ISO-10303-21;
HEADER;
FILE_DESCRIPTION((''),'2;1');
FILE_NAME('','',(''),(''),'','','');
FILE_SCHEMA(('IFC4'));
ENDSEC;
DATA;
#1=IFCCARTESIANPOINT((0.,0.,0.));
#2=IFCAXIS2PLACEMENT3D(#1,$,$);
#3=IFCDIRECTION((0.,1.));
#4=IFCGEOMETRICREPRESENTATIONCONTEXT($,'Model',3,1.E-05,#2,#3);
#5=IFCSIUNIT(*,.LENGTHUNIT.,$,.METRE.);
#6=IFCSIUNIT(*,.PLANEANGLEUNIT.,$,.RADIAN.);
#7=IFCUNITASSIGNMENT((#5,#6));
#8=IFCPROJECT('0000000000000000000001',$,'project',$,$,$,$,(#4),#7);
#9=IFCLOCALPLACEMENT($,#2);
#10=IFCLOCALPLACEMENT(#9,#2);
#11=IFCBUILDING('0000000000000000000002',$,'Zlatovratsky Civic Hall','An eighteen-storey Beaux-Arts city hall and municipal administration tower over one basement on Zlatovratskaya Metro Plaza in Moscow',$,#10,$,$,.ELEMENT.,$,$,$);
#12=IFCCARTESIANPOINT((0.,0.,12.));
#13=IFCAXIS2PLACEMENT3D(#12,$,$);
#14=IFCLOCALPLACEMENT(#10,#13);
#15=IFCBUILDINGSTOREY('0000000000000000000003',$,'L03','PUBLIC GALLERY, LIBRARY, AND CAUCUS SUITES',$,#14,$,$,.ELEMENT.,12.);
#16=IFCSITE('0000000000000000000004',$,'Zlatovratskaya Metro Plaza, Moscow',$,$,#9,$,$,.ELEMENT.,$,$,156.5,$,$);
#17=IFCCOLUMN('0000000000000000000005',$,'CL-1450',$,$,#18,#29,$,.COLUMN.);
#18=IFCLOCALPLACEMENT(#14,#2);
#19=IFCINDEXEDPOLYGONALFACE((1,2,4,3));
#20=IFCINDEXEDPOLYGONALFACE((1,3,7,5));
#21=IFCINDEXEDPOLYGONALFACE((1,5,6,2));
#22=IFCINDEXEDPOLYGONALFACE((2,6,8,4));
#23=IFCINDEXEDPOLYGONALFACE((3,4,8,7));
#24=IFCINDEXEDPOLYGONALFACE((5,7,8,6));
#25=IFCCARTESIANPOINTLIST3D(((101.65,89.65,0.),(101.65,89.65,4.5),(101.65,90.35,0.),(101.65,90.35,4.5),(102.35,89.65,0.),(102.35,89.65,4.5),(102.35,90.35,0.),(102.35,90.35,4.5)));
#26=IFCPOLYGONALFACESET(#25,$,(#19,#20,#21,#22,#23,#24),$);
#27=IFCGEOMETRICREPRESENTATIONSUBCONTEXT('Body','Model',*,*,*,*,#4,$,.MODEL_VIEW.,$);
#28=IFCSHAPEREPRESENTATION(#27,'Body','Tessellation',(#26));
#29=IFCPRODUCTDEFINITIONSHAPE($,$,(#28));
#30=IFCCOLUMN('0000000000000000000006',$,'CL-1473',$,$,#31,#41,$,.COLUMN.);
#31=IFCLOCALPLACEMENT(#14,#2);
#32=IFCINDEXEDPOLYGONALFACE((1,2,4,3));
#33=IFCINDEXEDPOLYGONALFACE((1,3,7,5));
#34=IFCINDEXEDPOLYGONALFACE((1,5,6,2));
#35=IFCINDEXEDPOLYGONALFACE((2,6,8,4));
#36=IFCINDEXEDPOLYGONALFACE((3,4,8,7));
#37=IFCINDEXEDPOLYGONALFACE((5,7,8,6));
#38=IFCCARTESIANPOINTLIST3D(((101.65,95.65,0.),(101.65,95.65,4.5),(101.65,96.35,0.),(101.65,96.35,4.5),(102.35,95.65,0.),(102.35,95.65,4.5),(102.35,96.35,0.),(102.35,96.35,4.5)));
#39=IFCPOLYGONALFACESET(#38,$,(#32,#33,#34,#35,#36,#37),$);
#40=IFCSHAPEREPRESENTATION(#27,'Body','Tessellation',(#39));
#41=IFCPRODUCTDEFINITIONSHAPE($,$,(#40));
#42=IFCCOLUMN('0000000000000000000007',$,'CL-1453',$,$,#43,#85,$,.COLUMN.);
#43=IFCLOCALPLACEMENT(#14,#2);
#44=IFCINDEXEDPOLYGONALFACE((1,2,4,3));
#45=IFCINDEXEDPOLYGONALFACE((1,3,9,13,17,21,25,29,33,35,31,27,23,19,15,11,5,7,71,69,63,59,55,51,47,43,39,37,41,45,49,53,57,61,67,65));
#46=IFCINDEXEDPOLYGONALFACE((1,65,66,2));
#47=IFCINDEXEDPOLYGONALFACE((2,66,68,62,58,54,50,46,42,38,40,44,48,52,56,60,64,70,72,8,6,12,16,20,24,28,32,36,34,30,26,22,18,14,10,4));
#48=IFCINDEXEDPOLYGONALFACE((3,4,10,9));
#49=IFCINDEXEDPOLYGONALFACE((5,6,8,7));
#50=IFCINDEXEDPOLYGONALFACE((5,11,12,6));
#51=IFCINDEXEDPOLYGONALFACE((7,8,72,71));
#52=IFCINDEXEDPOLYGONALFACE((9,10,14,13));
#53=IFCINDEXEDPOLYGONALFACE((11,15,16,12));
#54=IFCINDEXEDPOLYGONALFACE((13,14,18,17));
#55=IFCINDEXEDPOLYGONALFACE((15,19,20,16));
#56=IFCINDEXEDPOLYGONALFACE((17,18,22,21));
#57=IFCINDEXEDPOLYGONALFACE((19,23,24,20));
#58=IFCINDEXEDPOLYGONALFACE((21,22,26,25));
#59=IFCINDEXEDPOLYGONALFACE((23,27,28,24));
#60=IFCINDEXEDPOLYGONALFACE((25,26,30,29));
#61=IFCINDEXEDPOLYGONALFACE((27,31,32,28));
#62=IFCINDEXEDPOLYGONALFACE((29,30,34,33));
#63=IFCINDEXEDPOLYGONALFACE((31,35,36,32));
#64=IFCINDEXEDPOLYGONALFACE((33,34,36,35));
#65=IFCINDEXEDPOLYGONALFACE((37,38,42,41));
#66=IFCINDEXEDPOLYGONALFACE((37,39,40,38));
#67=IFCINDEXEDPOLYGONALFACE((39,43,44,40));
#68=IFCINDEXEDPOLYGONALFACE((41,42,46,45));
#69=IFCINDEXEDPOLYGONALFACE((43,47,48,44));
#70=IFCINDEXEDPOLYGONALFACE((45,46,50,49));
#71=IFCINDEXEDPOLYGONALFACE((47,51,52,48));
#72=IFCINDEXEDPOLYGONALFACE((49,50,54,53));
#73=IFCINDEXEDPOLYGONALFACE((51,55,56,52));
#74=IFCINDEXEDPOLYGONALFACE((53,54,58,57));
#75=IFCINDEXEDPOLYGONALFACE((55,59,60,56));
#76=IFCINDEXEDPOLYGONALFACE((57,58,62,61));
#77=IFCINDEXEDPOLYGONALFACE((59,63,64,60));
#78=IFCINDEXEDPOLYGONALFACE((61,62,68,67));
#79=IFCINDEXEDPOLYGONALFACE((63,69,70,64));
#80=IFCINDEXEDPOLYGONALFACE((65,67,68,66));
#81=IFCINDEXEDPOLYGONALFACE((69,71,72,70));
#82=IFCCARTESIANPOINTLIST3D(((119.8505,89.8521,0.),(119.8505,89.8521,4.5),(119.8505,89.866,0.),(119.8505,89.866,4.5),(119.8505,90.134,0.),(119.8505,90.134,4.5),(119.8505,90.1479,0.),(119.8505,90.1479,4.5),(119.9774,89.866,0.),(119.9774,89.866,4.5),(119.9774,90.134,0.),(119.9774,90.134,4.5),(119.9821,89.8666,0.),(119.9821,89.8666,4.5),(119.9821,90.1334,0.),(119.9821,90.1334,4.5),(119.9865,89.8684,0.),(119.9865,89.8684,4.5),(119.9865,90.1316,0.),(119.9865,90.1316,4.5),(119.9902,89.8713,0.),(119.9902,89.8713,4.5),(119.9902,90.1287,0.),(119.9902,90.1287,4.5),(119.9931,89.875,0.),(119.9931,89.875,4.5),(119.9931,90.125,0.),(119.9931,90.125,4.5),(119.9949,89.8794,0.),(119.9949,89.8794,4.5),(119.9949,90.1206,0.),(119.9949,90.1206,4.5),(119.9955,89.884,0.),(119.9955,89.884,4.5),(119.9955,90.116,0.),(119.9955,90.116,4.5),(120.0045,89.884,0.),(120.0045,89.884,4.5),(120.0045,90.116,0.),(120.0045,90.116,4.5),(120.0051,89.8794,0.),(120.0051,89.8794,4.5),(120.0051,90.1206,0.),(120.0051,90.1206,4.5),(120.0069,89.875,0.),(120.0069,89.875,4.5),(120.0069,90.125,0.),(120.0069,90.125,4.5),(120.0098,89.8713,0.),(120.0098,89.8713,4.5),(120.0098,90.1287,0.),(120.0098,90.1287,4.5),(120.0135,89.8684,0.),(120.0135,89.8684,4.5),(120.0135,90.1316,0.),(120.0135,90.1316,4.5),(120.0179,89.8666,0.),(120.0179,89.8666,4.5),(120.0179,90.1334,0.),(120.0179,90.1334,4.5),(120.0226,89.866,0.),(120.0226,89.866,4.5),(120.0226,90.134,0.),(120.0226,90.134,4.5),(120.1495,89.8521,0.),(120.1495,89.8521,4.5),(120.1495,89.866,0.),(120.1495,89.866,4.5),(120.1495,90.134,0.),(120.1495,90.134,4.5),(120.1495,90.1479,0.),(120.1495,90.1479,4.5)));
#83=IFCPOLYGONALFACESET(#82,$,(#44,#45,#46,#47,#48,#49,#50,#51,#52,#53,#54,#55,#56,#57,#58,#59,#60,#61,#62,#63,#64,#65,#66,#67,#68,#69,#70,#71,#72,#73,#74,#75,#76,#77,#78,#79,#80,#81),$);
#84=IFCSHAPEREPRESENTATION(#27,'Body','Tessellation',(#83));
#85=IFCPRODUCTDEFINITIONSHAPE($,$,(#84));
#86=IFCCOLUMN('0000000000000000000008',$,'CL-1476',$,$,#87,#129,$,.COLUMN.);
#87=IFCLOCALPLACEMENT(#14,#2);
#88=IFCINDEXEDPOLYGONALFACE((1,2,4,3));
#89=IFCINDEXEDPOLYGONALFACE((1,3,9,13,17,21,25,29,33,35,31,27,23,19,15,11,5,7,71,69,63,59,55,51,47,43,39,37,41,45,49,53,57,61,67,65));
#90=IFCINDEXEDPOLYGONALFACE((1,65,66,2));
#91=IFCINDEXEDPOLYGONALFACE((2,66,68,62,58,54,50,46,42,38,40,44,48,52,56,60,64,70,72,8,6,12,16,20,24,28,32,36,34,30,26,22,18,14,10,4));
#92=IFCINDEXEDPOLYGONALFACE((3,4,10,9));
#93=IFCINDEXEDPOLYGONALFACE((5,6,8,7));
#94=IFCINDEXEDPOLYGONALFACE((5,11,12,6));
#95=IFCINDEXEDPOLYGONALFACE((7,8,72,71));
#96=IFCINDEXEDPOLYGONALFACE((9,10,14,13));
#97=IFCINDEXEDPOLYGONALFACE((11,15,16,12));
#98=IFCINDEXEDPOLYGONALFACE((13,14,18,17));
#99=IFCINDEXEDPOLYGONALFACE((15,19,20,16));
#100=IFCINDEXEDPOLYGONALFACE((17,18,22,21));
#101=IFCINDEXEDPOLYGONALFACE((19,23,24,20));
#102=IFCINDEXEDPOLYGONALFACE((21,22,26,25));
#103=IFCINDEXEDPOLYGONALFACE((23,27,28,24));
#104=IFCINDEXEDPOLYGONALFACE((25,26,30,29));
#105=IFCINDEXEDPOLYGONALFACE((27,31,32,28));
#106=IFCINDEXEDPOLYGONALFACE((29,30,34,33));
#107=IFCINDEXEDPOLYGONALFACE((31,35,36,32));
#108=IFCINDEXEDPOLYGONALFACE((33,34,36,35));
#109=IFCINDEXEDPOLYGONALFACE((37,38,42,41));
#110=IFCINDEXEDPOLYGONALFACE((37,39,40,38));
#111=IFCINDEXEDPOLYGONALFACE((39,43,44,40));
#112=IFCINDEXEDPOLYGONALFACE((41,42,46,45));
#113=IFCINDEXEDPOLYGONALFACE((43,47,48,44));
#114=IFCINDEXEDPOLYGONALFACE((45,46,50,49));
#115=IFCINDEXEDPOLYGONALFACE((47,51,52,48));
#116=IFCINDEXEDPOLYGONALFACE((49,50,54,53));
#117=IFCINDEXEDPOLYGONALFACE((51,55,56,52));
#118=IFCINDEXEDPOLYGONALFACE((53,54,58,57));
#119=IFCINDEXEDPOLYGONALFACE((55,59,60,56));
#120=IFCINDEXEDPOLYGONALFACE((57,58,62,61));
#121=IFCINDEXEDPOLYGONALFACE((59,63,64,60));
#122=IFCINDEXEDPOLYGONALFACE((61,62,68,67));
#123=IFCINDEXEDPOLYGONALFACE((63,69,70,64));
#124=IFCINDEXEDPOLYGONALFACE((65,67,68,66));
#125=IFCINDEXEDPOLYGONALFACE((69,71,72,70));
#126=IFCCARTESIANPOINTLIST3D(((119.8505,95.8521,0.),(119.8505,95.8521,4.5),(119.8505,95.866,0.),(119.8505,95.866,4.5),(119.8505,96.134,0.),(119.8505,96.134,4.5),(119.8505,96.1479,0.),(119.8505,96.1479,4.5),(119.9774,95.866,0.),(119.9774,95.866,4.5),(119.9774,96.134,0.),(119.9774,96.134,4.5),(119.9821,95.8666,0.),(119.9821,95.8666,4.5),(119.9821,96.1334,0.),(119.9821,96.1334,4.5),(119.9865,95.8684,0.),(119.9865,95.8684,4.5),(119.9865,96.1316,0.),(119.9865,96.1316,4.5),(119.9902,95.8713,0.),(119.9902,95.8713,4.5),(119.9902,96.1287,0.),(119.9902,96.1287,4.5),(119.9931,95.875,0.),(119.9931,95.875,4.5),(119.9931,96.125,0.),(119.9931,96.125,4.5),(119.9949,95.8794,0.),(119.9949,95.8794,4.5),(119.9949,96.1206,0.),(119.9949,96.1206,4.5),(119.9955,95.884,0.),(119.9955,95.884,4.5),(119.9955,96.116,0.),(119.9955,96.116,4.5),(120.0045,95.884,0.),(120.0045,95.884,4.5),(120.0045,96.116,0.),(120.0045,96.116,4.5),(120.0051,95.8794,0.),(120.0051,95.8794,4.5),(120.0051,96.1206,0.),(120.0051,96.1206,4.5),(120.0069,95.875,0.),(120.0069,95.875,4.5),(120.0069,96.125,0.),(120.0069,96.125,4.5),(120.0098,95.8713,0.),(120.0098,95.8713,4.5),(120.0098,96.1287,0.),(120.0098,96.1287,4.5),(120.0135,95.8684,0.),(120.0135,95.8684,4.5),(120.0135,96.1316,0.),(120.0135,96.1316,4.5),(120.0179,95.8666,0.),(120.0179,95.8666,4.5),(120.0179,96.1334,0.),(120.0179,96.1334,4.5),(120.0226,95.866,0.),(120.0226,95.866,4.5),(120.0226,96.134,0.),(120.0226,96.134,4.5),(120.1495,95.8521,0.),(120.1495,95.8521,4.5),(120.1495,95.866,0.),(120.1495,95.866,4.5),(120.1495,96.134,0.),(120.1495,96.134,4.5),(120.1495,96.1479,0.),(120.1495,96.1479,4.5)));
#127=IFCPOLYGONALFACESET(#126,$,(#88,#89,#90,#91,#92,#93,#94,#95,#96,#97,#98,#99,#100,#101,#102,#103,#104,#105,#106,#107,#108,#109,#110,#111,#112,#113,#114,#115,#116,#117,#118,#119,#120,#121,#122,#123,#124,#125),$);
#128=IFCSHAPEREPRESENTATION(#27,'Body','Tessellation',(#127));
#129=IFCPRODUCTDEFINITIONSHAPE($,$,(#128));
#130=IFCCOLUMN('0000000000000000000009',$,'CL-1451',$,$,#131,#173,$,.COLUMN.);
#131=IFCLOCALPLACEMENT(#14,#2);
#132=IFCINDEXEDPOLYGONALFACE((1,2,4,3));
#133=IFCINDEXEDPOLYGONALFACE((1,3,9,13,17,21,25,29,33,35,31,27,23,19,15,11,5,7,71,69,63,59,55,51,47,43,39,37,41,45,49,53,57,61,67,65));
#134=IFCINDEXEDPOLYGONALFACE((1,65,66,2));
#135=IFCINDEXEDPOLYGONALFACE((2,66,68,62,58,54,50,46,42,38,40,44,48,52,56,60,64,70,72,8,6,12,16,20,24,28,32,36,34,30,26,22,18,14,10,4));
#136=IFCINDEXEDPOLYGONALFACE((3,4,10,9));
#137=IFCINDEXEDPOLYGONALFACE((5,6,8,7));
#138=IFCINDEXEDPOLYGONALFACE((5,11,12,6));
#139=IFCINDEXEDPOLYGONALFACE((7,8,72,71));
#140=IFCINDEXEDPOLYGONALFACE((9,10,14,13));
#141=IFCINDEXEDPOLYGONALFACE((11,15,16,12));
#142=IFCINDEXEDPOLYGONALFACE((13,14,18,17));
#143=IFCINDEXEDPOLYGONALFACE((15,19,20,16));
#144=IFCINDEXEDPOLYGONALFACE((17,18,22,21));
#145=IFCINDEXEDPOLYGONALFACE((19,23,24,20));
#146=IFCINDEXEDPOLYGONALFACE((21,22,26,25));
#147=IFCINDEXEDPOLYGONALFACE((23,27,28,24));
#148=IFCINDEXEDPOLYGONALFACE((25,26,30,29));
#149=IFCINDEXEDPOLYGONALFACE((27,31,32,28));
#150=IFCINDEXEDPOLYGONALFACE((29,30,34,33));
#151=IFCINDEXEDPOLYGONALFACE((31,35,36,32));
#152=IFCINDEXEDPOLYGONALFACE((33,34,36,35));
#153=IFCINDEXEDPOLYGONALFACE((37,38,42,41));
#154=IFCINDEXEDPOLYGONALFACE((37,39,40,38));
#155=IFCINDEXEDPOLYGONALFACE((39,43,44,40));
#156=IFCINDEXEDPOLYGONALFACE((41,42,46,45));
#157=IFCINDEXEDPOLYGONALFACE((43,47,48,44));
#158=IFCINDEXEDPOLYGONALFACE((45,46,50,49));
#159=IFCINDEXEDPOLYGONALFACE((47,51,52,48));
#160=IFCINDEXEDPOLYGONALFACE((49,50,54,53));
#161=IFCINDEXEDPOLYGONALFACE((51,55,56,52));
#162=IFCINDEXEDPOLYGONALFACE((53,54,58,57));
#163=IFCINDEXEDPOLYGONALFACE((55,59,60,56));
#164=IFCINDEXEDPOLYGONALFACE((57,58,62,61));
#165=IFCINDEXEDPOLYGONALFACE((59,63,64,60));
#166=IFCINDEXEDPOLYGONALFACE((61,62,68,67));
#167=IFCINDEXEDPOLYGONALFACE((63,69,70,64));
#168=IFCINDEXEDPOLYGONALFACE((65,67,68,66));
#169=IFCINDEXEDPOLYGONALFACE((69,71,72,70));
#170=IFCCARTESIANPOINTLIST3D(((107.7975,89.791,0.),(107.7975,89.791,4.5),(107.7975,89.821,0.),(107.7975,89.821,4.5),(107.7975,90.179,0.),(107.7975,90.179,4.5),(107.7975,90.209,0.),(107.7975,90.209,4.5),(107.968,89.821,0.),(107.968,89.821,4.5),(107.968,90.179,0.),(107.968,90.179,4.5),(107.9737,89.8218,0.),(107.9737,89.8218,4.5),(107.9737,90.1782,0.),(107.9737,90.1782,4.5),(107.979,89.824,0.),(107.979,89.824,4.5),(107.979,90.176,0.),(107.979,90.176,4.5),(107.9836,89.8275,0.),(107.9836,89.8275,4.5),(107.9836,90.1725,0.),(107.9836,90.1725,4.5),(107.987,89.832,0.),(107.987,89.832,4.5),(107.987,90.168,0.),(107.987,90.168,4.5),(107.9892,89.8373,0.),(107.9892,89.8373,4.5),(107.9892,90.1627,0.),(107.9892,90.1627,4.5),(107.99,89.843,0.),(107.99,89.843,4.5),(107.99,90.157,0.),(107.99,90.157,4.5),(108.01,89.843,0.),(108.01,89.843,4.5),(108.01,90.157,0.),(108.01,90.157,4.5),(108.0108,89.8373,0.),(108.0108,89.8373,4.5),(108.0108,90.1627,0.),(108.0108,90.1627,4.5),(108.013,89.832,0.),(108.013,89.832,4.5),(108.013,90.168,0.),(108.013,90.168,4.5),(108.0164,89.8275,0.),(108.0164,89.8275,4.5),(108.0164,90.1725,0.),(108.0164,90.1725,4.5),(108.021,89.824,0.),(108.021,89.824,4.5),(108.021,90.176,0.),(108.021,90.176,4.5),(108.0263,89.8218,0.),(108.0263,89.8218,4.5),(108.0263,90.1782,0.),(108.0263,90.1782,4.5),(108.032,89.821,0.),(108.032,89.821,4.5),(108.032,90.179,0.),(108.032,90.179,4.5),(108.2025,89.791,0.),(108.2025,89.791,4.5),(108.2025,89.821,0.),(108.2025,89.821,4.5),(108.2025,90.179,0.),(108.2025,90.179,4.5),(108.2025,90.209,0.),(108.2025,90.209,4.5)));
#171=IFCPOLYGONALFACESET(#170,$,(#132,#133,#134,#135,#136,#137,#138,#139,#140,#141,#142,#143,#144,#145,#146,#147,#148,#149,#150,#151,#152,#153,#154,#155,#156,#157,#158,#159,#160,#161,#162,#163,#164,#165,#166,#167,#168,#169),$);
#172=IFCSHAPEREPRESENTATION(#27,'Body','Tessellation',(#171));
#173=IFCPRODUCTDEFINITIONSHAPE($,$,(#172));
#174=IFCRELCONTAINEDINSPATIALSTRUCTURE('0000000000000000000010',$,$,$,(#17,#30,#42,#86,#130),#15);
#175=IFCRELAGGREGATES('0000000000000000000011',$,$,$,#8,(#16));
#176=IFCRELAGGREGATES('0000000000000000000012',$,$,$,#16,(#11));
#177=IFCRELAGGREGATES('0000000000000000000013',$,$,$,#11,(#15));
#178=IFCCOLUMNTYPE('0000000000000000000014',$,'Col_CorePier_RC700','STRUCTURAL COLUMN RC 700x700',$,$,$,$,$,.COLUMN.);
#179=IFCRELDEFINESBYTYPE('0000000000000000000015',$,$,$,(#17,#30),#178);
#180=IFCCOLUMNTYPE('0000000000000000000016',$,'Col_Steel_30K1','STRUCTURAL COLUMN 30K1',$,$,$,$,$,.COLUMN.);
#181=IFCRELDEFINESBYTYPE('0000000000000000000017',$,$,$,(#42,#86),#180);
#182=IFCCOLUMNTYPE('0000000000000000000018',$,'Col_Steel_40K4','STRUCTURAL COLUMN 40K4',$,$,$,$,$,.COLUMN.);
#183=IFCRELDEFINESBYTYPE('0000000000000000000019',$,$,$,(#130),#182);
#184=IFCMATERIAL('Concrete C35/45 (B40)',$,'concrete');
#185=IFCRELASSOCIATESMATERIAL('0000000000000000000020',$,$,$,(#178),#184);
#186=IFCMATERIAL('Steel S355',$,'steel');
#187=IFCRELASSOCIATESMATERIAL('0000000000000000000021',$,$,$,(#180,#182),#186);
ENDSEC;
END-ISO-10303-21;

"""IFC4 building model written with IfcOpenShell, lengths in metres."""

from ifc_helpers import new_model, si_unit, direction, frame, origin, origin_2d, place, context, subcontext, project, spatial, rectangle, i_section, extrude, material, material_profile, profile_set, type_object, element, save


model = new_model("IFC4")

# Units and contexts
model_context = context("Model", 3, precision=1e-05, world=origin(), true_north=direction((0.0, 1.0)))
body_context = subcontext(model_context, "Body", "Model", "MODEL_VIEW")
ifc_project = project(units=[si_unit("LENGTHUNIT", "METRE"), si_unit("PLANEANGLEUNIT", "RADIAN")], contexts=[model_context])

# Site, building, storey
site_placement = place(None, origin())
site = spatial("IfcSite", under=ifc_project, at=site_placement, Name="Zlatovratskaya Metro Plaza, Moscow", CompositionType="ELEMENT", RefElevation=156.5)
building_placement = place(site_placement, origin())
building = spatial("IfcBuilding", under=site, at=building_placement, Name="Zlatovratsky Civic Hall", Description="An eighteen-storey Beaux-Arts city hall and municipal administration tower over one basement on Zlatovratskaya Metro Plaza in Moscow", CompositionType="ELEMENT")
storey_placement = place(building_placement, frame((0.0, 0.0, 12.0)))
storey = spatial("IfcBuildingStorey", under=building, at=storey_placement, Name="L03", Description="PUBLIC GALLERY, LIBRARY, AND CAUCUS SUITES", CompositionType="ELEMENT", Elevation=12.0)

# Columns
ifc_material_1 = material(Name="Concrete C35/45 (B40)", Category="concrete")
ifc_material_profile_1 = material_profile(ifc_material_1, rectangle(XDim=0.7, YDim=0.7, at=origin_2d()), Name="RC 700x700")
ifc_profile_set_1 = profile_set([ifc_material_profile_1], Name="Concrete C35/45 (B40)")
column_type_1 = type_object("IfcColumnType", Name="Col_CorePier_RC700", Description="STRUCTURAL COLUMN RC 700x700", PredefinedType="COLUMN", material=ifc_profile_set_1)
for number, where, z_axis, x_axis, name in (
    (1, (102.0, 90.0, 0.0), (0.0, 0.0, 1.0), (1.0, 0.0, 0.0), "CL-1450"),
    (2, (102.0, 96.0, 0.0), (0.0, 0.0, 1.0), (1.0, 0.0, 0.0), "CL-1473"),
):
    element("IfcColumn", number, at=place(storey_placement, frame(where, z_axis=z_axis, x_axis=x_axis)), inside=storey, type_object=column_type_1, Name=name, PredefinedType="COLUMN", context=body_context, shape_type="SweptSolid", body=[
        extrude(rectangle(XDim=0.7, YDim=0.7, at=origin_2d()), origin(), (0.0, 0.0, 1.0), 4.5),
    ])
ifc_material_2 = material(Name="Steel S355", Category="steel")
ifc_material_profile_2 = material_profile(ifc_material_2, i_section(OverallWidth=0.2991, OverallDepth=0.2959, WebThickness=0.009, FlangeThickness=0.0139, FilletRadius=0.0181, at=origin_2d()), Name="30K1")
ifc_profile_set_2 = profile_set([ifc_material_profile_2], Name="Steel S355")
column_type_2 = type_object("IfcColumnType", Name="Col_Steel_30K1", Description="STRUCTURAL COLUMN 30K1", PredefinedType="COLUMN", material=ifc_profile_set_2)
for number, where, z_axis, x_axis, name in (
    (3, (120.0, 90.0, 0.0), (0.0, 0.0, 1.0), (1.0, 0.0, 0.0), "CL-1453"),
    (4, (120.0, 96.0, 0.0), (0.0, 0.0, 1.0), (1.0, 0.0, 0.0), "CL-1476"),
):
    element("IfcColumn", number, at=place(storey_placement, frame(where, z_axis=z_axis, x_axis=x_axis)), inside=storey, type_object=column_type_2, Name=name, PredefinedType="COLUMN", context=body_context, shape_type="SweptSolid", body=[
        extrude(i_section(OverallWidth=0.2991, OverallDepth=0.2959, WebThickness=0.009, FlangeThickness=0.0139, FilletRadius=0.0181, at=origin_2d()), origin(), (0.0, 0.0, 1.0), 4.5),
    ])
ifc_material_profile_3 = material_profile(ifc_material_2, i_section(OverallWidth=0.405, OverallDepth=0.418, WebThickness=0.02, FlangeThickness=0.03, FilletRadius=0.022, at=origin_2d()), Name="40K4")
ifc_profile_set_3 = profile_set([ifc_material_profile_3], Name="Steel S355")
column_type_3 = type_object("IfcColumnType", Name="Col_Steel_40K4", Description="STRUCTURAL COLUMN 40K4", PredefinedType="COLUMN", material=ifc_profile_set_3)
for number, where, z_axis, x_axis, name in (
    (5, (108.0, 90.0, 0.0), (0.0, 0.0, 1.0), (1.0, 0.0, 0.0), "CL-1451"),
):
    element("IfcColumn", number, at=place(storey_placement, frame(where, z_axis=z_axis, x_axis=x_axis)), inside=storey, type_object=column_type_3, Name=name, PredefinedType="COLUMN", context=body_context, shape_type="SweptSolid", body=[
        extrude(i_section(OverallWidth=0.405, OverallDepth=0.418, WebThickness=0.02, FlangeThickness=0.03, FilletRadius=0.022, at=origin_2d()), origin(), (0.0, 0.0, 1.0), 4.5),
    ])

save(model, "model.ifc")
